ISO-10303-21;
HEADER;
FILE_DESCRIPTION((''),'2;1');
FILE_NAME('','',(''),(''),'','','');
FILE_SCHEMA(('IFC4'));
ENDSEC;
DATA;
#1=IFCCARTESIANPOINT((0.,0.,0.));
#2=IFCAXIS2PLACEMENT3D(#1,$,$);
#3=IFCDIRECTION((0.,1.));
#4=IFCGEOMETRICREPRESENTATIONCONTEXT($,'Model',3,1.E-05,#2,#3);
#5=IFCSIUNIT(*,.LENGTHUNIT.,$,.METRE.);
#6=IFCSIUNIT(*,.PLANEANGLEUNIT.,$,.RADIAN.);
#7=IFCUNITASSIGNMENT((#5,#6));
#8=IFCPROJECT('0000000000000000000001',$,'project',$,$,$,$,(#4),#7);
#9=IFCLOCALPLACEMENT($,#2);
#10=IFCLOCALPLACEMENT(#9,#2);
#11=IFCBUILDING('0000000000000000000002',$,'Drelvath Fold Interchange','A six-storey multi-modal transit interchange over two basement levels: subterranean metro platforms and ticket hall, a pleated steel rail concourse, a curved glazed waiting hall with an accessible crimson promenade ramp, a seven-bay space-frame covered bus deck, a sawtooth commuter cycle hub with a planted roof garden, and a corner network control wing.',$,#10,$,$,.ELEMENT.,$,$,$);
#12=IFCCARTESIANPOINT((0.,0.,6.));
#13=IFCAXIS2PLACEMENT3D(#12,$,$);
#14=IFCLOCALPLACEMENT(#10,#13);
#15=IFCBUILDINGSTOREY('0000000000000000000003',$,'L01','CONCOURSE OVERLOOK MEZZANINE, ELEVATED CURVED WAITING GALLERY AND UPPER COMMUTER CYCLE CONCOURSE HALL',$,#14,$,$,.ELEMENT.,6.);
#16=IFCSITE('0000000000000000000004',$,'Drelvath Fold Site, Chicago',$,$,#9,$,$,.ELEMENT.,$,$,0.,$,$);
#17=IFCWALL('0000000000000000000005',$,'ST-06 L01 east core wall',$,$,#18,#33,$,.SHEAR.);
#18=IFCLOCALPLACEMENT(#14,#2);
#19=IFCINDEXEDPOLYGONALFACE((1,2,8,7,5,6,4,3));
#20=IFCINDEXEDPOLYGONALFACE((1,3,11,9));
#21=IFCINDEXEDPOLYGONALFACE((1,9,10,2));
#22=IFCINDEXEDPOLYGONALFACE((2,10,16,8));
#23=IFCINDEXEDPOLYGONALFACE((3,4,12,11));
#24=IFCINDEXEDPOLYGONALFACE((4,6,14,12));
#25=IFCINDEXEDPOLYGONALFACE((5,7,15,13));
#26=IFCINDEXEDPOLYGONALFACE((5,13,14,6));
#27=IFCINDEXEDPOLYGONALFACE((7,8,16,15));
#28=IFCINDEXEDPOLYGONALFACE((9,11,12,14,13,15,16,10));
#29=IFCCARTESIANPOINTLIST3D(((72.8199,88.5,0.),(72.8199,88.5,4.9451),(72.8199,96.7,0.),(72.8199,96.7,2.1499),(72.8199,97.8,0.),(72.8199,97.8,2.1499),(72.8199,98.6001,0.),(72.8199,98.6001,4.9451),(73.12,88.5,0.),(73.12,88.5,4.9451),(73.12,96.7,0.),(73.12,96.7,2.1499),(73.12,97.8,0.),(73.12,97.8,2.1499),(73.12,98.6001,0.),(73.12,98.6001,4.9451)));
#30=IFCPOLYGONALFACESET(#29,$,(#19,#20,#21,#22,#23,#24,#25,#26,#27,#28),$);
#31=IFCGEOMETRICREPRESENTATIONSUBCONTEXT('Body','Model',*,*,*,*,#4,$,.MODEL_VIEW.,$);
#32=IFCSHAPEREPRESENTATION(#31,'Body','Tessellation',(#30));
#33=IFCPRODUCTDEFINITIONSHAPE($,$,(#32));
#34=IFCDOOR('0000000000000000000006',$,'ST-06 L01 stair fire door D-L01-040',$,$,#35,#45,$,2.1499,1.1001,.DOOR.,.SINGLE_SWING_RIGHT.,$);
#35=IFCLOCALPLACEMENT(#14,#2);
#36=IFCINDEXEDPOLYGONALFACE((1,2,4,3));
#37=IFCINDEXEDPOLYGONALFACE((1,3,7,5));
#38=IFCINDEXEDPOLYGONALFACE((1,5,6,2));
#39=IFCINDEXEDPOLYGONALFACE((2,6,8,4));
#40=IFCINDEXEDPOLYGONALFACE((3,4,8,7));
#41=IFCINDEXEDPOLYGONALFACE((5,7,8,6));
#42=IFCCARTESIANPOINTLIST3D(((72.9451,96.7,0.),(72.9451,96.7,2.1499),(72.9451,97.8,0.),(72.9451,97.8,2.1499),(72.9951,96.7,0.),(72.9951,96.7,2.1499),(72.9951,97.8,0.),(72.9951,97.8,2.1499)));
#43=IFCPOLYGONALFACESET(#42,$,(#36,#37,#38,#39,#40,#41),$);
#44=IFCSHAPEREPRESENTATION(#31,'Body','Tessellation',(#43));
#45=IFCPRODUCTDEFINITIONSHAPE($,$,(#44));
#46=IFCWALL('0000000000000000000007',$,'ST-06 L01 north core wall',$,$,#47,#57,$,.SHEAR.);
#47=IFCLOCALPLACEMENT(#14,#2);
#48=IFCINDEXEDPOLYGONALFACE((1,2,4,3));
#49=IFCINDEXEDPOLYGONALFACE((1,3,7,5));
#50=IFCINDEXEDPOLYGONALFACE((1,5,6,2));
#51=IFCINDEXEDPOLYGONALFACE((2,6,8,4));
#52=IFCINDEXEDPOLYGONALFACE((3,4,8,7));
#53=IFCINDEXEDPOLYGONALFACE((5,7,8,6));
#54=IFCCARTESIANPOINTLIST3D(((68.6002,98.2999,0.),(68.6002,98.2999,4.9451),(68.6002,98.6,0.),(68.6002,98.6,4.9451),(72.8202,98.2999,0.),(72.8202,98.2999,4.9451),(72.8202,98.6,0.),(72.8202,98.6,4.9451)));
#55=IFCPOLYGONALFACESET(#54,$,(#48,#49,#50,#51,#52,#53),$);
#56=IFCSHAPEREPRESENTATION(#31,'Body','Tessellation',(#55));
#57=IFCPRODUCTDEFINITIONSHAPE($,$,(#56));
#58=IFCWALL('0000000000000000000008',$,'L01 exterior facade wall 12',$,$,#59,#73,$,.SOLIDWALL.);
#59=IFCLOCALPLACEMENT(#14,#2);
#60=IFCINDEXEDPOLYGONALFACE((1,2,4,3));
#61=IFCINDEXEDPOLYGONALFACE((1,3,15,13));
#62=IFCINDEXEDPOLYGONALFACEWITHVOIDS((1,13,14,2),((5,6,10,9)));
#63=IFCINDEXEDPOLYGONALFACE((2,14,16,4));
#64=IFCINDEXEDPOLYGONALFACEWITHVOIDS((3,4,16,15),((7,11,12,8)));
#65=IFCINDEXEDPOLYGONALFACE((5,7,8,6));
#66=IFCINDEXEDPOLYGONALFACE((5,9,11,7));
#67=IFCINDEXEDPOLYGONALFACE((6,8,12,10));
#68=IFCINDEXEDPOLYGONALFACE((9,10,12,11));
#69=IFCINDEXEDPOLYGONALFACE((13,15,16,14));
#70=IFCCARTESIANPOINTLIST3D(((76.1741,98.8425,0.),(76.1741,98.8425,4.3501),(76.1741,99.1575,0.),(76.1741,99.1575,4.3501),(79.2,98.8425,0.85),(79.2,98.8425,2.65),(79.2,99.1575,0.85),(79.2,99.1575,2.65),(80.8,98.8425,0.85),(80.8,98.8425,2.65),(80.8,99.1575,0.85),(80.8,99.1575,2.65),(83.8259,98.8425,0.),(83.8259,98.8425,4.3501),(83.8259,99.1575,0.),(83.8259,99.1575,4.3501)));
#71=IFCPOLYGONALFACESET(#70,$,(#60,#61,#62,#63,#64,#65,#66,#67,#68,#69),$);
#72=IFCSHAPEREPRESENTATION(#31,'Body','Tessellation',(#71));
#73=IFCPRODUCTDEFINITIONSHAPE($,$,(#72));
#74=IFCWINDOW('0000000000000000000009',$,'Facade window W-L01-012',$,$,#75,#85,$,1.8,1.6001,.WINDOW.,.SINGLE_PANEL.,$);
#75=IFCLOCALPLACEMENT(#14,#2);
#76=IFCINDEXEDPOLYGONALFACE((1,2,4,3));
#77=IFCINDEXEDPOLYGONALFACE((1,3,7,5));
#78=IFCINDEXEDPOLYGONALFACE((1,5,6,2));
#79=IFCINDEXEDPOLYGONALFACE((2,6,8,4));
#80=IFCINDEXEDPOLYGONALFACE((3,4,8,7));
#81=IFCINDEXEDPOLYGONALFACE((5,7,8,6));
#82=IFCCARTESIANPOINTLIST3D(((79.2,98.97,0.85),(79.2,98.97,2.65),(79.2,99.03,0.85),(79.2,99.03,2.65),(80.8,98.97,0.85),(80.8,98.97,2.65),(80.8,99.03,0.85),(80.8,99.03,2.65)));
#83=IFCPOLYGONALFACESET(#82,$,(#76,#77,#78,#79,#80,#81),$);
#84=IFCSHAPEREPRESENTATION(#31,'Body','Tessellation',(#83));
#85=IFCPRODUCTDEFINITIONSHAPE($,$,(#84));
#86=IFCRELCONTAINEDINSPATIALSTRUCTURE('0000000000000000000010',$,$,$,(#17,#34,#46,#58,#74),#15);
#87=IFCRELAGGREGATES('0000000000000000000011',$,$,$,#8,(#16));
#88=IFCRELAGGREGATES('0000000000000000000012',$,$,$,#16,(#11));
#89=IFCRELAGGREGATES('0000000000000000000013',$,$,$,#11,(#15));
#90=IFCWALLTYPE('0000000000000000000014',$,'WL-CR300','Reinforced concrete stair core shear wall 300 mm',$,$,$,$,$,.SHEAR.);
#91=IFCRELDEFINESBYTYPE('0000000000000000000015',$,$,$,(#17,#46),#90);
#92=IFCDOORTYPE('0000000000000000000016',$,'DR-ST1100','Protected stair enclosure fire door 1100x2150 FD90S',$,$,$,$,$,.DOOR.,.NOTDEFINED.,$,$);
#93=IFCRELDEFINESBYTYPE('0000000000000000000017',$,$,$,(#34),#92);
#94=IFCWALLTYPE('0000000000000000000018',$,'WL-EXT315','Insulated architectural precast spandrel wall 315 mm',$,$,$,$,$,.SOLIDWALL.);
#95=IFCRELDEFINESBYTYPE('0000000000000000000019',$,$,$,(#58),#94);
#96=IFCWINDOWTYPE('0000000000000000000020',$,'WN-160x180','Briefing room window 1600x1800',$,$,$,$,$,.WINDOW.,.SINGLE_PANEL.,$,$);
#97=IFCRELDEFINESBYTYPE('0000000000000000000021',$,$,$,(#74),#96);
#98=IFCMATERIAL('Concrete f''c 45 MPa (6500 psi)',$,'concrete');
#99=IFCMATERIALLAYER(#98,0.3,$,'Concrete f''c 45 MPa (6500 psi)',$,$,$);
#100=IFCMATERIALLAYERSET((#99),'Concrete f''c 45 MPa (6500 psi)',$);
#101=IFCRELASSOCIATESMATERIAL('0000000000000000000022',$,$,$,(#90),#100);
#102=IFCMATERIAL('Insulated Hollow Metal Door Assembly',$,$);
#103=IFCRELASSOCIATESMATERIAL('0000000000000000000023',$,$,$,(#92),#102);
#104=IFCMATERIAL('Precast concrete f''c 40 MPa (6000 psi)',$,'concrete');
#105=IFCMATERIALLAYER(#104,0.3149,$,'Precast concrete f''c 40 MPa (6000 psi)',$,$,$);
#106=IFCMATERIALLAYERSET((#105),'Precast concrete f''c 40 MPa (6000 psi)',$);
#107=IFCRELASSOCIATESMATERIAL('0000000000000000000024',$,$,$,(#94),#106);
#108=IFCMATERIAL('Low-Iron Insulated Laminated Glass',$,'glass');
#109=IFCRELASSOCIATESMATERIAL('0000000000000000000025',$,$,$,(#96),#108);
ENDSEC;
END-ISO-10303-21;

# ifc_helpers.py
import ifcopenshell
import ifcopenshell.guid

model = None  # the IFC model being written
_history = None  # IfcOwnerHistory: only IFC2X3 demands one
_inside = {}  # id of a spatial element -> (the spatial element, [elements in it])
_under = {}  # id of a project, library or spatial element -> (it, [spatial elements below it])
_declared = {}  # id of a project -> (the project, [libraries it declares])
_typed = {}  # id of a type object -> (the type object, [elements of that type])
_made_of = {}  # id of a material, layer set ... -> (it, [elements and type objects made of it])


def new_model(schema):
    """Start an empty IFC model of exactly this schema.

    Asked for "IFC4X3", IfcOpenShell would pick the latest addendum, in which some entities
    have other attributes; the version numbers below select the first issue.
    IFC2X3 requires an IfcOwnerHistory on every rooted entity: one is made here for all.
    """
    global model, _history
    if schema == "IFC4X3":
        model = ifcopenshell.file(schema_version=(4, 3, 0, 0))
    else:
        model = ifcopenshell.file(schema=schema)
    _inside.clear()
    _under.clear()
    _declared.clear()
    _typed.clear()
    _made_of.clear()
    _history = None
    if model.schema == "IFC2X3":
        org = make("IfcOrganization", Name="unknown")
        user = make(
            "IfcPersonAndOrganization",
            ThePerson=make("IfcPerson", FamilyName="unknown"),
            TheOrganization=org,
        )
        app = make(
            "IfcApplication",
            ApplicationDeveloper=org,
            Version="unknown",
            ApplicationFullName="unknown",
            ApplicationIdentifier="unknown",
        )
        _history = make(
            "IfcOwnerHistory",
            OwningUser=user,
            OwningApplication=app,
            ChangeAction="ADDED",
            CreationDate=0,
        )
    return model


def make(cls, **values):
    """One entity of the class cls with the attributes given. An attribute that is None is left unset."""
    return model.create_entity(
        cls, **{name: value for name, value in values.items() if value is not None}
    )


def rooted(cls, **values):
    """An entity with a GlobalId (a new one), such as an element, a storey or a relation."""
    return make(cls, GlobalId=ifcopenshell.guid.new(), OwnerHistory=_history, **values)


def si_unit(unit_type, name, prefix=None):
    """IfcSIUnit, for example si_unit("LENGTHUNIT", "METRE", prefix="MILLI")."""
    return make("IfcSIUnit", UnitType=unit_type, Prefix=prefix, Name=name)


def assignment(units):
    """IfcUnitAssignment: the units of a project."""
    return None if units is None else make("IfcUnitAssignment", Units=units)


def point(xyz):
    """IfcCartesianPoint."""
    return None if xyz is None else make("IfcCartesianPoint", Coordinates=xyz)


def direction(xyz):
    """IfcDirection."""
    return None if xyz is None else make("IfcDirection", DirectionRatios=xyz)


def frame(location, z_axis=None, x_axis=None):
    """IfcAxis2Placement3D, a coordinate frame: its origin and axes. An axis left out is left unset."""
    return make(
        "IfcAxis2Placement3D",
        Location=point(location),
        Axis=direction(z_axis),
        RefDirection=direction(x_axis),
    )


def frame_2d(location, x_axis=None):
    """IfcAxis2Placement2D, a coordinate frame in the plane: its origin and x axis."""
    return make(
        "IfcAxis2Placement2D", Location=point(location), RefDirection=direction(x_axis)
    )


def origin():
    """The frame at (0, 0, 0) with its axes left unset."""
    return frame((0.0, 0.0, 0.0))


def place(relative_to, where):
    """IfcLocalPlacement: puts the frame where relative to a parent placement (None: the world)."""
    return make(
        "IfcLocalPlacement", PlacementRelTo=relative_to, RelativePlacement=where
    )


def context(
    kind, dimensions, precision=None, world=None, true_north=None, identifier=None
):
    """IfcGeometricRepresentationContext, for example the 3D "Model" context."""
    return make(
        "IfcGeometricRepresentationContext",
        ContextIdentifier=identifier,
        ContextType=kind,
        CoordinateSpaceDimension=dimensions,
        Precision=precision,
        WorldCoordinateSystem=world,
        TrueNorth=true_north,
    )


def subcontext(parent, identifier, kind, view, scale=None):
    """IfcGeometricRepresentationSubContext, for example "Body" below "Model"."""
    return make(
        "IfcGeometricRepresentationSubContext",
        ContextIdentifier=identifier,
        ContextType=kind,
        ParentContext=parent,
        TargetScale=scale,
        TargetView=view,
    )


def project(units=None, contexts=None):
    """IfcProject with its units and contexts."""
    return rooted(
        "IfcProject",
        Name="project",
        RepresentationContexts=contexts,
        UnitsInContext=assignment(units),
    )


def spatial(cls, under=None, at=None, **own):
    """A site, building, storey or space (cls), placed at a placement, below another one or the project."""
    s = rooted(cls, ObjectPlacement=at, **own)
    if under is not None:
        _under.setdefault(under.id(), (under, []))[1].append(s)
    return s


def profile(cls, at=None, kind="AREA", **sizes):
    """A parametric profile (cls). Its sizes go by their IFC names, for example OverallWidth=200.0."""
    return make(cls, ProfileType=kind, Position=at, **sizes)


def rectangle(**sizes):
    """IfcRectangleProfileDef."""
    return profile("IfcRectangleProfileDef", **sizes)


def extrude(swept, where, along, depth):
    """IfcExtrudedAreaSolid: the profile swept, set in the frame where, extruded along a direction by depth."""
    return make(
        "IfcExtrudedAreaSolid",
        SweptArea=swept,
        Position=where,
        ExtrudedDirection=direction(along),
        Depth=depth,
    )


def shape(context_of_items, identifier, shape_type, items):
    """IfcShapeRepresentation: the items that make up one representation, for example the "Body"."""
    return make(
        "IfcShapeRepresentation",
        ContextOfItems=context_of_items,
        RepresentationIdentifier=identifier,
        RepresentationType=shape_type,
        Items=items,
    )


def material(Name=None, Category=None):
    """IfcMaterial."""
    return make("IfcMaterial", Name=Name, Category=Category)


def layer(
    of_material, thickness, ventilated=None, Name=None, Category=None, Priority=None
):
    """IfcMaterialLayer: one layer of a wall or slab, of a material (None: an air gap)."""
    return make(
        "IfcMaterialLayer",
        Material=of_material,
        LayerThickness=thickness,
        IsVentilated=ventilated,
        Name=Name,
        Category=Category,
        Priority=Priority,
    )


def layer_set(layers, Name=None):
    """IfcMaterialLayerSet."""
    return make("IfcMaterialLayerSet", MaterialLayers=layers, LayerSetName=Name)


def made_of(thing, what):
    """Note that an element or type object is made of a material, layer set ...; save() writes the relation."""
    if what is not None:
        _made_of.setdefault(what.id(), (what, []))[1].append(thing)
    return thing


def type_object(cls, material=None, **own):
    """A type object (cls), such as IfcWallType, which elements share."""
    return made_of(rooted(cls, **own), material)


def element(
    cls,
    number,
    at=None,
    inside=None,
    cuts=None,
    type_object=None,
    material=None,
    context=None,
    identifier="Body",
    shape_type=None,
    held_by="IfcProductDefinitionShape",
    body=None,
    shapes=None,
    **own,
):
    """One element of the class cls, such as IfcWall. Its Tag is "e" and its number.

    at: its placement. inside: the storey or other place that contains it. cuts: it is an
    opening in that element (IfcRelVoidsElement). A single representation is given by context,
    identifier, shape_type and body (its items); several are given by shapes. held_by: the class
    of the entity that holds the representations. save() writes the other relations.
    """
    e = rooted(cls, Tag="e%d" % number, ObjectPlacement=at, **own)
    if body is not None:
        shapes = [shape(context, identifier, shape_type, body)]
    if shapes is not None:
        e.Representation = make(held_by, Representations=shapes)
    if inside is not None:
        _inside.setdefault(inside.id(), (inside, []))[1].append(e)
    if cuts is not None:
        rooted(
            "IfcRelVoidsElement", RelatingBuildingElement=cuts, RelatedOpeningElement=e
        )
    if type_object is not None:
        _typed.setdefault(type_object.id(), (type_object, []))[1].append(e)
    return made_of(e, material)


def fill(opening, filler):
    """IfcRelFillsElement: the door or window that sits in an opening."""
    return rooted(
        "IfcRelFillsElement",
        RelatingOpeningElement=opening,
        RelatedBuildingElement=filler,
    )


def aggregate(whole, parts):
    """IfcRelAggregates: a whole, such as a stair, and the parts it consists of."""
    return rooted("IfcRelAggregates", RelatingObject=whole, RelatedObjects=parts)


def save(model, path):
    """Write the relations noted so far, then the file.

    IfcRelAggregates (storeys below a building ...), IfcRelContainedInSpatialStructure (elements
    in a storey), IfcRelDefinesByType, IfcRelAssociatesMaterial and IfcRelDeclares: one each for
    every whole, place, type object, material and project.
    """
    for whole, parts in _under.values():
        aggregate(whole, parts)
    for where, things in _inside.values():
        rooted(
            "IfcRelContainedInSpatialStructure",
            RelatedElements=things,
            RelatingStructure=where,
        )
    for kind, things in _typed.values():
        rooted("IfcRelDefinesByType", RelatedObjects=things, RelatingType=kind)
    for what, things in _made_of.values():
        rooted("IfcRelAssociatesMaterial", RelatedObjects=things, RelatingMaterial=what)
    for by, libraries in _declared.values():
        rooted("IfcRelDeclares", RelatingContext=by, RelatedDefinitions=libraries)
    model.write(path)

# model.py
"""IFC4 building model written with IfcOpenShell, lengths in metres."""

from ifc_helpers import new_model, si_unit, direction, frame, frame_2d, origin, place, context, subcontext, project, spatial, rectangle, extrude, material, layer, layer_set, type_object, element, fill, save


model = new_model("IFC4")

# Units and contexts
model_context = context("Model", 3, precision=1e-05, world=origin(), true_north=direction((0.0, 1.0)))
body_context = subcontext(model_context, "Body", "Model", "MODEL_VIEW")
ifc_project = project(units=[si_unit("LENGTHUNIT", "METRE"), si_unit("PLANEANGLEUNIT", "RADIAN")], contexts=[model_context])

# Site, building, storey
site_placement = place(None, origin())
site = spatial("IfcSite", under=ifc_project, at=site_placement, Name="Drelvath Fold Site, Chicago", CompositionType="ELEMENT", RefElevation=0.0)
building_placement = place(site_placement, origin())
building = spatial("IfcBuilding", under=site, at=building_placement, Name="Drelvath Fold Interchange", Description="A six-storey multi-modal transit interchange over two basement levels: subterranean metro platforms and ticket hall, a pleated steel rail concourse, a curved glazed waiting hall with an accessible crimson promenade ramp, a seven-bay space-frame covered bus deck, a sawtooth commuter cycle hub with a planted roof garden, and a corner network control wing.", CompositionType="ELEMENT")
storey_placement = place(building_placement, frame((0.0, 0.0, 6.0)))
storey = spatial("IfcBuildingStorey", under=building, at=storey_placement, Name="L01", Description="CONCOURSE OVERLOOK MEZZANINE, ELEVATED CURVED WAITING GALLERY AND UPPER COMMUTER CYCLE CONCOURSE HALL", CompositionType="ELEMENT", Elevation=6.0)

# Wall, opening, door
ifc_material_1 = material(Name="Concrete f'c 45 MPa (6500 psi)", Category="concrete")
ifc_layer_1 = layer(ifc_material_1, 0.3, Name="Concrete f'c 45 MPa (6500 psi)")
ifc_layer_set_1 = layer_set([ifc_layer_1], Name="Concrete f'c 45 MPa (6500 psi)")
wall_type_1 = type_object("IfcWallType", Name="WL-CR300", Description="Reinforced concrete stair core shear wall 300 mm", PredefinedType="SHEAR", material=ifc_layer_set_1)
wall_1_placement = place(storey_placement, frame((72.97, 88.5, 0.0), z_axis=(0.0, 0.0, 1.0), x_axis=(0.0, 1.0, 0.0)))
wall_1 = element("IfcWall", 1, at=wall_1_placement, inside=storey, type_object=wall_type_1, Name="ST-06 L01 east core wall", PredefinedType="SHEAR", context=body_context, shape_type="SweptSolid", body=[
    extrude(rectangle(XDim=10.1001, YDim=0.3, at=frame_2d((5.05, 0.0))), origin(), (0.0, 0.0, 1.0), 4.9451),
])
opening_1_placement = place(wall_1_placement, frame((8.2, 0.0, 0.0)))
opening_1 = element("IfcOpeningElement", 2, at=opening_1_placement, cuts=wall_1, PredefinedType="OPENING", context=body_context, shape_type="SweptSolid", body=[
    extrude(rectangle(XDim=1.1001, YDim=2.1499, at=frame_2d((0.55, 1.075))), frame((0.0, 0.1599, 0.0), z_axis=(0.0, -1.0, 0.0), x_axis=(1.0, 0.0, 0.0)), (0.0, 0.0, 1.0), 0.3201),
])
ifc_material_2 = material(Name="Insulated Hollow Metal Door Assembly")
door_type = type_object("IfcDoorType", Name="DR-ST1100", Description="Protected stair enclosure fire door 1100x2150 FD90S", OperationType="NOTDEFINED", PredefinedType="DOOR", material=ifc_material_2)
door_placement = place(opening_1_placement, origin())
door = element("IfcDoor", 3, at=door_placement, inside=storey, type_object=door_type, Name="ST-06 L01 stair fire door D-L01-040", OperationType="SINGLE_SWING_RIGHT", OverallHeight=2.1499, OverallWidth=1.1001, PredefinedType="DOOR", context=body_context, shape_type="SweptSolid", body=[
    extrude(rectangle(XDim=1.1001, YDim=2.1499, at=frame_2d((0.55, 1.075))), frame((0.0, 0.0249, 0.0), z_axis=(0.0, -1.0, 0.0), x_axis=(1.0, 0.0, 0.0)), (0.0, 0.0, 1.0), 0.05),
])
fill(opening_1, door)

# Wall
wall_2_placement = place(storey_placement, frame((72.8201, 98.45, 0.0), z_axis=(0.0, 0.0, 1.0), x_axis=(-1.0, 0.0, 0.0)))
element("IfcWall", 4, at=wall_2_placement, inside=storey, type_object=wall_type_1, Name="ST-06 L01 north core wall", PredefinedType="SHEAR", context=body_context, shape_type="SweptSolid", body=[
    extrude(rectangle(XDim=4.22, YDim=0.3, at=frame_2d((2.1099, 0.0))), origin(), (0.0, 0.0, 1.0), 4.9451),
])

# Wall, opening, window
ifc_material_3 = material(Name="Precast concrete f'c 40 MPa (6000 psi)", Category="concrete")
ifc_layer_2 = layer(ifc_material_3, 0.3149, Name="Precast concrete f'c 40 MPa (6000 psi)")
ifc_layer_set_2 = layer_set([ifc_layer_2], Name="Precast concrete f'c 40 MPa (6000 psi)")
wall_type_2 = type_object("IfcWallType", Name="WL-EXT315", Description="Insulated architectural precast spandrel wall 315 mm", PredefinedType="SOLIDWALL", material=ifc_layer_set_2)
wall_3_placement = place(storey_placement, frame((76.1741, 99.0, 0.0), z_axis=(0.0, 0.0, 1.0), x_axis=(1.0, 0.0, 0.0)))
wall_3 = element("IfcWall", 5, at=wall_3_placement, inside=storey, type_object=wall_type_2, Name="L01 exterior facade wall 12", PredefinedType="SOLIDWALL", context=body_context, shape_type="SweptSolid", body=[
    extrude(rectangle(XDim=7.6519, YDim=0.3149, at=frame_2d((3.8259, 0.0))), origin(), (0.0, 0.0, 1.0), 4.3501),
])
opening_2_placement = place(wall_3_placement, frame((3.0259, 0.0, 0.8501)))
opening_2 = element("IfcOpeningElement", 6, at=opening_2_placement, cuts=wall_3, PredefinedType="OPENING", context=body_context, shape_type="SweptSolid", body=[
    extrude(rectangle(XDim=1.6001, YDim=1.8, at=frame_2d((0.8, 0.8999))), frame((0.0, 0.1675, 0.0), z_axis=(0.0, -1.0, 0.0), x_axis=(1.0, 0.0, 0.0)), (0.0, 0.0, 1.0), 0.335),
])
ifc_material_4 = material(Name="Low-Iron Insulated Laminated Glass", Category="glass")
window_type = type_object("IfcWindowType", Name="WN-160x180", Description="Briefing room window 1600x1800", PartitioningType="SINGLE_PANEL", PredefinedType="WINDOW", material=ifc_material_4)
window_placement = place(opening_2_placement, origin())
window = element("IfcWindow", 7, at=window_placement, inside=storey, type_object=window_type, Name="Facade window W-L01-012", OverallHeight=1.8, OverallWidth=1.6001, PartitioningType="SINGLE_PANEL", PredefinedType="WINDOW", context=body_context, shape_type="SweptSolid", body=[
    extrude(rectangle(XDim=1.6001, YDim=1.8, at=frame_2d((0.8, 0.8999))), frame((0.0, 0.03, 0.0), z_axis=(0.0, -1.0, 0.0), x_axis=(1.0, 0.0, 0.0)), (0.0, 0.0, 1.0), 0.0601),
])
fill(opening_2, window)

save(model, "model.ifc")
